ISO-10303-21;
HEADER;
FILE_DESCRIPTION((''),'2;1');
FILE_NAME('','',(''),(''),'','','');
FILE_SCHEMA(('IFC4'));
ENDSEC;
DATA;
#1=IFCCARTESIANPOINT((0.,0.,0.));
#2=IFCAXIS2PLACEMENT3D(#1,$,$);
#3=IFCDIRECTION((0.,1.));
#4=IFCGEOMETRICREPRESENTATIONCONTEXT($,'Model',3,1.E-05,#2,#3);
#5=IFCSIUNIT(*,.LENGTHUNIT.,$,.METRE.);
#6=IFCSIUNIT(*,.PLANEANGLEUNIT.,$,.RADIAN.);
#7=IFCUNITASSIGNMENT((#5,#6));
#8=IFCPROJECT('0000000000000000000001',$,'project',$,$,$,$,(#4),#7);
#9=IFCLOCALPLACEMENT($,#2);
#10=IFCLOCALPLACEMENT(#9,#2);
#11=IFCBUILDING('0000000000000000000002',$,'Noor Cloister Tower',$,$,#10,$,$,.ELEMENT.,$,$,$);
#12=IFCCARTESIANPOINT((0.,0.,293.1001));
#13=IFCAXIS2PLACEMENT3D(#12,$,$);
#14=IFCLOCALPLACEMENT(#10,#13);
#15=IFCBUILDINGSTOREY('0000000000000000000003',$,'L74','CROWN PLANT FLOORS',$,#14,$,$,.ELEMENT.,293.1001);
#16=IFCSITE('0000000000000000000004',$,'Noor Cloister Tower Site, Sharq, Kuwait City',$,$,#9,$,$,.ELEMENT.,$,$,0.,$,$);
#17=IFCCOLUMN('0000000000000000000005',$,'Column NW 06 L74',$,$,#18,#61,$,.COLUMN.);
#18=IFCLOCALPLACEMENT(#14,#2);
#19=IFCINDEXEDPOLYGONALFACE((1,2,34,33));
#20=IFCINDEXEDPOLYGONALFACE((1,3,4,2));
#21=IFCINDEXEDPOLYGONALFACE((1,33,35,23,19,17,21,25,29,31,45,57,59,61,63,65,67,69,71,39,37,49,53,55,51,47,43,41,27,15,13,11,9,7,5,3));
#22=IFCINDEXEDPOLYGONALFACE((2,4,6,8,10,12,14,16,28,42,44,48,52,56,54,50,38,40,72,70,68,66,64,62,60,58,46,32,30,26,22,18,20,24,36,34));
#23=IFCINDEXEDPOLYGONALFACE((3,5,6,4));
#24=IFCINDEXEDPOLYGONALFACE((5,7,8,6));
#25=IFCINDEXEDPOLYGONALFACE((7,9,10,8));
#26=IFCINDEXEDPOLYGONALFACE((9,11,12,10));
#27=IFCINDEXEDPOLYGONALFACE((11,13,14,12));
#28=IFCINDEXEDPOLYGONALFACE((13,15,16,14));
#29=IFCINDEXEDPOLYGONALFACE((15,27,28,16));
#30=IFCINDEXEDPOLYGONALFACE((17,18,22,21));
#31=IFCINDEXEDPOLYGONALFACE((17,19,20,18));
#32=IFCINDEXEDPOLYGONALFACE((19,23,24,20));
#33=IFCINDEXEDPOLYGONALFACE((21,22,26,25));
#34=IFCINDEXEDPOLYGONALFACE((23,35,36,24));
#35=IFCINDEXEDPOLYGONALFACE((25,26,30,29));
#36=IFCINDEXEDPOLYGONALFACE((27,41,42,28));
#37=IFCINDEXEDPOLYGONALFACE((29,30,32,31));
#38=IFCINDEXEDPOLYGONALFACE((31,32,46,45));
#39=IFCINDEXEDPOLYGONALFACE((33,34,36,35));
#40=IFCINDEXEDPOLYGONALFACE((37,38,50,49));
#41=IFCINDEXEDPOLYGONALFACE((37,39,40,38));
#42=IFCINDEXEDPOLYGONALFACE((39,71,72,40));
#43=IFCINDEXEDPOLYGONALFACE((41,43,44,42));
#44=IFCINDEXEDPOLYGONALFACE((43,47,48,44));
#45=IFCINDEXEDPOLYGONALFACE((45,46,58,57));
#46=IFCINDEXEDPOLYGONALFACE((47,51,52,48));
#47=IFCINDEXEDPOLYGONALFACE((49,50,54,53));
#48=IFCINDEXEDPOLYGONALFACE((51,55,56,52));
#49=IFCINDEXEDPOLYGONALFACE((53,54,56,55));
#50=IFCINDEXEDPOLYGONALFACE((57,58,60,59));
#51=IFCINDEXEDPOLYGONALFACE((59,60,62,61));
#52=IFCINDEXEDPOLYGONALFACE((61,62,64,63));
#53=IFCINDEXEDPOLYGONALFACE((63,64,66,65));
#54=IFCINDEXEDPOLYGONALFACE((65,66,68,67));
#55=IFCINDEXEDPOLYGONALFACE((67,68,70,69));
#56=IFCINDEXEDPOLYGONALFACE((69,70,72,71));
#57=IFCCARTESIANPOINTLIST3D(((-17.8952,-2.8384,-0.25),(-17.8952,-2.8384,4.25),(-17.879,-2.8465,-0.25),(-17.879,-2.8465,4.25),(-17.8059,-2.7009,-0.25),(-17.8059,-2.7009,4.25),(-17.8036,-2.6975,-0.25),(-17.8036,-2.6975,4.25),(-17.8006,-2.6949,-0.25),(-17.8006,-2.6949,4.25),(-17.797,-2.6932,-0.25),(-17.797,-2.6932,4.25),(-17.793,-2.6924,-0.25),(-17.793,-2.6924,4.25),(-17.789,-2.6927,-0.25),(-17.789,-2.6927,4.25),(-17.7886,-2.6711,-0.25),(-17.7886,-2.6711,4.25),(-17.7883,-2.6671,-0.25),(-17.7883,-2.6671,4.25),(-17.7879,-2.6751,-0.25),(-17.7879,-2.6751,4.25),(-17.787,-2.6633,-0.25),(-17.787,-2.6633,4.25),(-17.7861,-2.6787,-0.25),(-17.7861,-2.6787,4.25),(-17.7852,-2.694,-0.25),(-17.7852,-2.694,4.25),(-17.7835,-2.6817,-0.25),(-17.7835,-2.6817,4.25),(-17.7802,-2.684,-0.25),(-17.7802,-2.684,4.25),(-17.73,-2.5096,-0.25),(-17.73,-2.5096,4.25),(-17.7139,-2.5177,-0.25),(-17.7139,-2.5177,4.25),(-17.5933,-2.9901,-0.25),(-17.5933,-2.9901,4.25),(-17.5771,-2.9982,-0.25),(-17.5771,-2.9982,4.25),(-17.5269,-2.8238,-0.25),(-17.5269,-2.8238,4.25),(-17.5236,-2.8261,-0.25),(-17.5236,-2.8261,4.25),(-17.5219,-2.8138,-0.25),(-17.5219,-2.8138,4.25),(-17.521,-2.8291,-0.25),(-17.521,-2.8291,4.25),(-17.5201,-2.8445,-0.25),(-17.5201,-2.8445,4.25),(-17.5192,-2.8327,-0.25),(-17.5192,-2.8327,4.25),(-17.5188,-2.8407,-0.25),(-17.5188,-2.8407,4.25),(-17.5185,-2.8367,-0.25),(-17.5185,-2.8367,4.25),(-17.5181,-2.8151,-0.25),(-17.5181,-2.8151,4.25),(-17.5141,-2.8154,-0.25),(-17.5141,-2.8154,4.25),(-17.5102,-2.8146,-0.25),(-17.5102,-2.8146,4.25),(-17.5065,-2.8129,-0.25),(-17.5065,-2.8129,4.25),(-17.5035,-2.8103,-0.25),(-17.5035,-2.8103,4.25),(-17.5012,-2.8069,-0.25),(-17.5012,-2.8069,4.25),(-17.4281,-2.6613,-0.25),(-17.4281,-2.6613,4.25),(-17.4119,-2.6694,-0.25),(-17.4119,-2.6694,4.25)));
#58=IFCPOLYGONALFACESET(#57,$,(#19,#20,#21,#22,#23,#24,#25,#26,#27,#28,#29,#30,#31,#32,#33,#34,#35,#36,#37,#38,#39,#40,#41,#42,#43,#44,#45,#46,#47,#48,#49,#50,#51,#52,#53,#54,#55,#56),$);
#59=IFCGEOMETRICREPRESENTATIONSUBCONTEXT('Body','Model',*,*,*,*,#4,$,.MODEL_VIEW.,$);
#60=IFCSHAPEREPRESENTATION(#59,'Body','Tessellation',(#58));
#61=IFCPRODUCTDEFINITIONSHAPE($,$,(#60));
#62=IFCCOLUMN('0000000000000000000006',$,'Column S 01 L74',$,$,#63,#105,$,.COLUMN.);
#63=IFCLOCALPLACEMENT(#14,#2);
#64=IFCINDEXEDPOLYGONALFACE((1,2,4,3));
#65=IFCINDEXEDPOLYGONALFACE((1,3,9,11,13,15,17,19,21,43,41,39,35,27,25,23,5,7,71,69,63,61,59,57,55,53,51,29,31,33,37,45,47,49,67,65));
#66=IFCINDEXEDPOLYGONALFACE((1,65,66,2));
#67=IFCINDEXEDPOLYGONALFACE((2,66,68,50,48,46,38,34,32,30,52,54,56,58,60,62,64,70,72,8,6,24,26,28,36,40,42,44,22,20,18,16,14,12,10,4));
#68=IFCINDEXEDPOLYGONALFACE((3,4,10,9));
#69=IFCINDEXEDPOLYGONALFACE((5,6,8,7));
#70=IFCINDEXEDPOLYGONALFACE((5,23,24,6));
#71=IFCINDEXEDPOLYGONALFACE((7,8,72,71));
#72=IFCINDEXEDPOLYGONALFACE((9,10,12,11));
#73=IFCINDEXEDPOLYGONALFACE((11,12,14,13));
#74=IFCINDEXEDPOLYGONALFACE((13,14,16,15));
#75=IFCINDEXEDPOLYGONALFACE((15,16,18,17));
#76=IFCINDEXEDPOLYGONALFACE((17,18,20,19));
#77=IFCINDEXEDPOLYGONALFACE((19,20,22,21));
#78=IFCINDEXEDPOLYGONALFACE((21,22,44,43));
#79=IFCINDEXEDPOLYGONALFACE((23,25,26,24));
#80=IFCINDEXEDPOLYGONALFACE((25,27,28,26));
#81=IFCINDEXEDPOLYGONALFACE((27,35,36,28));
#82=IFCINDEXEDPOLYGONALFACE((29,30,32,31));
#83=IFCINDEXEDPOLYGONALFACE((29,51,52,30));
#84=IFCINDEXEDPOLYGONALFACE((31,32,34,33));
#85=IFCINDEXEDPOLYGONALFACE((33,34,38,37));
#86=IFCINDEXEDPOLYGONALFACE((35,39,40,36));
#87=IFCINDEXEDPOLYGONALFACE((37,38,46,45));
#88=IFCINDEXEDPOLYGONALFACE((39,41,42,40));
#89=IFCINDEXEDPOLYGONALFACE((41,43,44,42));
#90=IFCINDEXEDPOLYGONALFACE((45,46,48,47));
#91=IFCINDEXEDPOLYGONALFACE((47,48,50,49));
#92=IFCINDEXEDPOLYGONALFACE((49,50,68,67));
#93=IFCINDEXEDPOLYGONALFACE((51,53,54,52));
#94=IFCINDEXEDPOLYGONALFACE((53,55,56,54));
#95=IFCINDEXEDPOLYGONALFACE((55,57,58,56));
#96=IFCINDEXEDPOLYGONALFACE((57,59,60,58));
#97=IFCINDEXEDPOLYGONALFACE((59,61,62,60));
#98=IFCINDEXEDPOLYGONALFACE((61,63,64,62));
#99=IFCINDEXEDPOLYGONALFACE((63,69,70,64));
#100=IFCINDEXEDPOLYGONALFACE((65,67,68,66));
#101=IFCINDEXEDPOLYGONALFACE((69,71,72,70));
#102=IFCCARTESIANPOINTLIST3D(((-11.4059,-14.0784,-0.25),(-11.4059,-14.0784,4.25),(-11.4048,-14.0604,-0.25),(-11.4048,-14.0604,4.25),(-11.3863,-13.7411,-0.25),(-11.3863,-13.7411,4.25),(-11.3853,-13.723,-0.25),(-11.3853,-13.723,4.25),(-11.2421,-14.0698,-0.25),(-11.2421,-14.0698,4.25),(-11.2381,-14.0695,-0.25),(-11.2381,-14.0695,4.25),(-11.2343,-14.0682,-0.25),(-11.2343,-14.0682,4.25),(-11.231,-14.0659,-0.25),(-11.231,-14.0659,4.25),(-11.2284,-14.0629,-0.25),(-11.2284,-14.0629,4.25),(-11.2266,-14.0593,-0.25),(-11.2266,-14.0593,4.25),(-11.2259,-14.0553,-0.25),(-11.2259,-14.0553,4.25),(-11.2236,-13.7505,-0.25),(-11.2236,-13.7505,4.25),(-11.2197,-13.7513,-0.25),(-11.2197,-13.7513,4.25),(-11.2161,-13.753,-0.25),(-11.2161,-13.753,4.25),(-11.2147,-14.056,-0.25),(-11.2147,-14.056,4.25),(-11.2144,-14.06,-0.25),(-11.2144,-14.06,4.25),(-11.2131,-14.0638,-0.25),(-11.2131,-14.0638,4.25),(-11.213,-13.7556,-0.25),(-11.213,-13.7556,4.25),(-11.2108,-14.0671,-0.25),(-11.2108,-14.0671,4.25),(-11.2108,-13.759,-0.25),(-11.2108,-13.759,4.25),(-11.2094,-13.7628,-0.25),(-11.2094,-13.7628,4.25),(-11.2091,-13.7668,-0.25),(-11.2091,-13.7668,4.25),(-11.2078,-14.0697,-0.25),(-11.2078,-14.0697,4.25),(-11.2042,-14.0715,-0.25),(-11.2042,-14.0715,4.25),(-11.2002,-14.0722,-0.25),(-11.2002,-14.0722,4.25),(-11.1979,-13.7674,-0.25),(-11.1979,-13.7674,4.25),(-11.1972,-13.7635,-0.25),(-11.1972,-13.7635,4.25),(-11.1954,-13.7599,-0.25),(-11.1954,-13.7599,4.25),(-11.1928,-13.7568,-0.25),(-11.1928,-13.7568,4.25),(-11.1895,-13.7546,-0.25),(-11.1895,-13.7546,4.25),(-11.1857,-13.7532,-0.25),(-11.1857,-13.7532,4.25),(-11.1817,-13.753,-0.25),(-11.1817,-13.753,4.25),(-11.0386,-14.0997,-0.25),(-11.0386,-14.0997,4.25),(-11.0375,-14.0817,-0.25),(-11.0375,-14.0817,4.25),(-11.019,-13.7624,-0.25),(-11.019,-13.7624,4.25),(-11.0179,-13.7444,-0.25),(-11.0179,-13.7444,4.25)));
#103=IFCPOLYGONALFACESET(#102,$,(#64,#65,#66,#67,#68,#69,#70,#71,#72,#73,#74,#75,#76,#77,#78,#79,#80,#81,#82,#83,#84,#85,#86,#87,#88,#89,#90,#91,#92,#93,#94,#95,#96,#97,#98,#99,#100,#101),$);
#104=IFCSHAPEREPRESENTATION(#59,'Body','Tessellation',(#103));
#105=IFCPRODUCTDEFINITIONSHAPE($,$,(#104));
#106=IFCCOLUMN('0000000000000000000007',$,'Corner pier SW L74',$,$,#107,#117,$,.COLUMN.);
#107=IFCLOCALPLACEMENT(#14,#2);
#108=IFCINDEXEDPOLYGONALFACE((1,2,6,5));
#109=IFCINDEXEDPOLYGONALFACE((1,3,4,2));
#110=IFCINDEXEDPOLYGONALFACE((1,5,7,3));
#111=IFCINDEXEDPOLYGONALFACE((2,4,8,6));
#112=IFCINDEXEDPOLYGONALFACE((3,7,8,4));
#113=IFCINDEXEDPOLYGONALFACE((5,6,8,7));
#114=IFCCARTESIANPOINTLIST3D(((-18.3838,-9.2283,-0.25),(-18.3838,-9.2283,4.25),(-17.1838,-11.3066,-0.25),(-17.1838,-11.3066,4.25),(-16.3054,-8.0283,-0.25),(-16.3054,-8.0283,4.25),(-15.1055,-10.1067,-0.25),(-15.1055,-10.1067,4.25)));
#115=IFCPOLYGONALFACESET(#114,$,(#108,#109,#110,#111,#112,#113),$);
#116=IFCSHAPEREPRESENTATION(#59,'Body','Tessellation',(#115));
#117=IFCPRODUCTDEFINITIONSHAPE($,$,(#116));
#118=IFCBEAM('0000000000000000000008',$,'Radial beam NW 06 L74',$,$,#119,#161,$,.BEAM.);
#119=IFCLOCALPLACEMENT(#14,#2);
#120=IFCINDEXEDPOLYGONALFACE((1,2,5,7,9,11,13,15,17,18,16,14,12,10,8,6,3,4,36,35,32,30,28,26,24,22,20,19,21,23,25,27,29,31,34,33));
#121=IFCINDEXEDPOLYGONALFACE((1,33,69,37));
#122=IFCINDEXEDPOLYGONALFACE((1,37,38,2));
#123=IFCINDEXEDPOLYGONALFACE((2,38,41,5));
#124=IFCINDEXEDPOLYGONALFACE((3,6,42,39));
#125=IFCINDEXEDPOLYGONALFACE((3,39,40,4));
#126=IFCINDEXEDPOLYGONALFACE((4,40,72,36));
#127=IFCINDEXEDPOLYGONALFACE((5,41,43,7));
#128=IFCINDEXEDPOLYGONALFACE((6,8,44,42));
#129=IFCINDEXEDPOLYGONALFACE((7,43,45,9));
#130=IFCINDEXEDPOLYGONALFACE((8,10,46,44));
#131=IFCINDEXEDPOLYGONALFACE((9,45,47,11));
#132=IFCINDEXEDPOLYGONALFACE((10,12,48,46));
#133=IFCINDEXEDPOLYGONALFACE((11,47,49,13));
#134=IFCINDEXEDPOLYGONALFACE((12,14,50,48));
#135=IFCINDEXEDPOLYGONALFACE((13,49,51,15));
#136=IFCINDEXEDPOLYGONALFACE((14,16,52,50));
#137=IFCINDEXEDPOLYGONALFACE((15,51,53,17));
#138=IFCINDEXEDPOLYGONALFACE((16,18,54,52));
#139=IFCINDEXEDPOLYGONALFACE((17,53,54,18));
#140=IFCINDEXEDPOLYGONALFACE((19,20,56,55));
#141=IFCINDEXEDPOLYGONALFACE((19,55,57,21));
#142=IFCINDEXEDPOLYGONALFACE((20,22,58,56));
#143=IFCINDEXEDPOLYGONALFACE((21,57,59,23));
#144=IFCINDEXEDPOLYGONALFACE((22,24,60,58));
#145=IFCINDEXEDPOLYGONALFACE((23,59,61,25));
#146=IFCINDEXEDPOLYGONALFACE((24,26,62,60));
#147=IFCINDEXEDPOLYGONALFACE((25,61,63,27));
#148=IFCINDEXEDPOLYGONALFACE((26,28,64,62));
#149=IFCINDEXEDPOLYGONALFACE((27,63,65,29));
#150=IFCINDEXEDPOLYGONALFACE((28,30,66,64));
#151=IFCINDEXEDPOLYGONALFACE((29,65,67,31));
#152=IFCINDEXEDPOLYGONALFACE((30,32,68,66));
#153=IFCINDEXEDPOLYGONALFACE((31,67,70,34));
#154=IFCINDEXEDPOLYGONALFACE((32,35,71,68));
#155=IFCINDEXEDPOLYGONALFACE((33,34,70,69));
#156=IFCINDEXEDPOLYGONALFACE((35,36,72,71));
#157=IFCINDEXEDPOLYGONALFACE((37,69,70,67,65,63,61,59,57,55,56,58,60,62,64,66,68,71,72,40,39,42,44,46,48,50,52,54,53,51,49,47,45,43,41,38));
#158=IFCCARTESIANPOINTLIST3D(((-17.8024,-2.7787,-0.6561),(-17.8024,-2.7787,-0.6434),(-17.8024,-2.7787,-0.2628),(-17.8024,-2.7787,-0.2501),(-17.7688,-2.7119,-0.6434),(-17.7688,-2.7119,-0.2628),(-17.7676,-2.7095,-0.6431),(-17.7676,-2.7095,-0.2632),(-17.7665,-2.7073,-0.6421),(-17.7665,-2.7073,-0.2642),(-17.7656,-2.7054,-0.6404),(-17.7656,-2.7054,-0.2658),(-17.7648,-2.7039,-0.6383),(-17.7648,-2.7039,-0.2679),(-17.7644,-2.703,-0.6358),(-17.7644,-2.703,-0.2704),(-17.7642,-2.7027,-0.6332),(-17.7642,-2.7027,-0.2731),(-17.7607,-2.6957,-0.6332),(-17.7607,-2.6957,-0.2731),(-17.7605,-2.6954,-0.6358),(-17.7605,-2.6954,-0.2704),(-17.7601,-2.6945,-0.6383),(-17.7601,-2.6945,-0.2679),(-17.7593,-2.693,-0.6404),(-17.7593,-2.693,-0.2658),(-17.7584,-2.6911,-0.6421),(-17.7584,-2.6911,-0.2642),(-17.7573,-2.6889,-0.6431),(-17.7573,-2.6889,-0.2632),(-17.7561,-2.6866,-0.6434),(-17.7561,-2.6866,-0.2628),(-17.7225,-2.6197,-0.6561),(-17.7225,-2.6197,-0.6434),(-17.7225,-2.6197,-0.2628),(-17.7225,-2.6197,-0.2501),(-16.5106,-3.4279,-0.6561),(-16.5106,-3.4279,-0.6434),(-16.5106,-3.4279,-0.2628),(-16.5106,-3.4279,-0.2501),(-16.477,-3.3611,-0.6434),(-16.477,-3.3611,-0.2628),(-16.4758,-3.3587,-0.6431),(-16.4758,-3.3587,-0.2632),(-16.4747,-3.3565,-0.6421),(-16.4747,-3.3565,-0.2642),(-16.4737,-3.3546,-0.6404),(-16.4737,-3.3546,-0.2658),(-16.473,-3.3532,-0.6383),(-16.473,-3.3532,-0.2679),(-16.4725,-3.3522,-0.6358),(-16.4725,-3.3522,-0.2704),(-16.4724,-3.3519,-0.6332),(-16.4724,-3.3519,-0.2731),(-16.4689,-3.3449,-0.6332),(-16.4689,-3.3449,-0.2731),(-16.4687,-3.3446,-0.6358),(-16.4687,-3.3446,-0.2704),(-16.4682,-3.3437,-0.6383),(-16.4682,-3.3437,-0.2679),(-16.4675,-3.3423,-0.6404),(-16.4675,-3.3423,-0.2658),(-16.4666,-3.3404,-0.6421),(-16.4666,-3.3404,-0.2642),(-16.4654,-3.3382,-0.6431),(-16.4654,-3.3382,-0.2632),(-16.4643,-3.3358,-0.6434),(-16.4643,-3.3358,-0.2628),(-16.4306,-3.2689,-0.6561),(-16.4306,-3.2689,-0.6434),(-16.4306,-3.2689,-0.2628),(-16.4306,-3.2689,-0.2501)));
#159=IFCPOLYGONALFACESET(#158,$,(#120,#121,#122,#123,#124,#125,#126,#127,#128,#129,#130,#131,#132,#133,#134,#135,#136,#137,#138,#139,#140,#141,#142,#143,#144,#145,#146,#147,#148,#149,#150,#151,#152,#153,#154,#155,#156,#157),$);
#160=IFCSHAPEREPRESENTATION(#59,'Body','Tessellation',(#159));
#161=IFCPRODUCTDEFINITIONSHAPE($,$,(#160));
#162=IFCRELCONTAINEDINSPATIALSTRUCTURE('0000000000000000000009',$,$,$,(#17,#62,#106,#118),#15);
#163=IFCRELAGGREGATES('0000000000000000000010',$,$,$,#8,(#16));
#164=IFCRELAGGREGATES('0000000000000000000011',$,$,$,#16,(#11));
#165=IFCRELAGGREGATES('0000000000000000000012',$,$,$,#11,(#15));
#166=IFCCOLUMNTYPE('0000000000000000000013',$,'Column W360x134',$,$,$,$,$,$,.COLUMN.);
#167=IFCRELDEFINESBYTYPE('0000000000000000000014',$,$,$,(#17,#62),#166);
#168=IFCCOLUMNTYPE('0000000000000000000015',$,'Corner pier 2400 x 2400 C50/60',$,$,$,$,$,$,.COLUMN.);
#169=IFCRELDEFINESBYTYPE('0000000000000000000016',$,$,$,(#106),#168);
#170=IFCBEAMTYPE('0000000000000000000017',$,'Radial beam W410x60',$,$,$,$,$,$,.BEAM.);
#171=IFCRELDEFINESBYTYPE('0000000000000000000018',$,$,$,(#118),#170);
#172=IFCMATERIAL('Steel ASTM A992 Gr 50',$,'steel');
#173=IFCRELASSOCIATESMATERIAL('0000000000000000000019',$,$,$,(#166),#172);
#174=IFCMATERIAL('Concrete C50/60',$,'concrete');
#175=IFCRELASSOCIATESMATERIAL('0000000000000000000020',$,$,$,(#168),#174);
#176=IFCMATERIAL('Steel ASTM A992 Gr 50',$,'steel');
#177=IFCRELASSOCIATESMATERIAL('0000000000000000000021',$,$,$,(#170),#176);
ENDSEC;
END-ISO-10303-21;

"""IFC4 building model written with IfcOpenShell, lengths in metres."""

from ifc_helpers import new_model, si_unit, direction, frame, origin, origin_2d, place, context, subcontext, project, spatial, rectangle, i_section, extrude, material, material_profile, profile_set, type_object, element, save


model = new_model("IFC4")

# Units and contexts
model_context = context("Model", 3, precision=1e-05, world=origin(), true_north=direction((0.0, 1.0)))
body_context = subcontext(model_context, "Body", "Model", "MODEL_VIEW")
ifc_project = project(units=[si_unit("LENGTHUNIT", "METRE"), si_unit("PLANEANGLEUNIT", "RADIAN")], contexts=[model_context])

# Site, building, storey
site_placement = place(None, origin())
site = spatial("IfcSite", under=ifc_project, at=site_placement, Name="Noor Cloister Tower Site, Sharq, Kuwait City", CompositionType="ELEMENT", RefElevation=0.0)
building_placement = place(site_placement, origin())
building = spatial("IfcBuilding", under=site, at=building_placement, Name="Noor Cloister Tower", CompositionType="ELEMENT")
storey_placement = place(building_placement, frame((0.0, 0.0, 293.1001)))
storey = spatial("IfcBuildingStorey", under=building, at=storey_placement, Name="L74", Description="CROWN PLANT FLOORS", CompositionType="ELEMENT", Elevation=293.1001)

# Columns
ifc_material_1 = material(Name="Steel ASTM A992 Gr 50", Category="steel")
ifc_material_profile_1 = material_profile(ifc_material_1, i_section(OverallWidth=0.3679, OverallDepth=0.356, WebThickness=0.0112, FlangeThickness=0.0181, FilletRadius=0.0154, at=origin_2d()), Name="W360x134")
ifc_profile_set_1 = profile_set([ifc_material_profile_1], Name="Steel ASTM A992 Gr 50")
column_type_1 = type_object("IfcColumnType", Name="Column W360x134", PredefinedType="COLUMN", material=ifc_profile_set_1)
for number, where, z_axis, x_axis, name in (
    (1, (-17.6536, -2.7539, -0.25), (0.0, 0.0, 1.0), (-0.448975, -0.893544, 0.0), "Column NW 06 L74"),
    (2, (-11.2119, -13.9114, -0.25), (0.0, 0.0, 1.0), (0.99832, -0.057948, 0.0), "Column S 01 L74"),
):
    element("IfcColumn", number, at=place(storey_placement, frame(where, z_axis=z_axis, x_axis=x_axis)), inside=storey, type_object=column_type_1, Name=name, PredefinedType="COLUMN", context=body_context, shape_type="SweptSolid", body=[
        extrude(i_section(OverallWidth=0.3679, OverallDepth=0.356, WebThickness=0.0112, FlangeThickness=0.0181, FilletRadius=0.0154, at=origin_2d()), origin(), (0.0, 0.0, 1.0), 4.5),
    ])
ifc_material_2 = material(Name="Concrete C50/60", Category="concrete")
ifc_material_profile_2 = material_profile(ifc_material_2, rectangle(XDim=2.3999, YDim=2.3999, at=origin_2d()), Name="RC 2400x2400")
ifc_profile_set_2 = profile_set([ifc_material_profile_2], Name="Concrete C50/60")
column_type_2 = type_object("IfcColumnType", Name="Corner pier 2400 x 2400 C50/60", PredefinedType="COLUMN", material=ifc_profile_set_2)
column_placement = place(storey_placement, frame((-16.7446, -9.6675, -0.25), z_axis=(0.0, 0.0, 1.0), x_axis=(-0.866025, -0.5, 0.0)))
element("IfcColumn", 3, at=column_placement, inside=storey, type_object=column_type_2, Name="Corner pier SW L74", PredefinedType="COLUMN", context=body_context, shape_type="SweptSolid", body=[
    extrude(rectangle(XDim=2.3999, YDim=2.3999, at=origin_2d()), origin(), (0.0, 0.0, 1.0), 4.5),
])

# Beam
ifc_material_3 = material(Name="Steel ASTM A992 Gr 50", Category="steel")
ifc_material_profile_3 = material_profile(ifc_material_3, i_section(OverallWidth=0.178, OverallDepth=0.406, WebThickness=0.0078, FlangeThickness=0.0127, FilletRadius=0.0103, at=origin_2d()), Name="W410x60")
ifc_profile_set_3 = profile_set([ifc_material_profile_3], Name="Steel ASTM A992 Gr 50")
beam_type_1 = type_object("IfcBeamType", Name="Radial beam W410x60", PredefinedType="BEAM", material=ifc_profile_set_3)
beam_1_placement = place(storey_placement, frame((-17.7625, -2.6992, -0.4531), z_axis=(0.893513, -0.449037, 0.0), x_axis=(0.449037, 0.893513, 0.0)))
element("IfcBeam", 4, at=beam_1_placement, inside=storey, type_object=beam_type_1, Name="Radial beam NW 06 L74", PredefinedType="BEAM", context=body_context, shape_type="SweptSolid", body=[
    extrude(i_section(OverallWidth=0.178, OverallDepth=0.406, WebThickness=0.0078, FlangeThickness=0.0127, FilletRadius=0.0103, at=origin_2d()), origin(), (0.0, 0.0, 1.0), 1.4458),
])

save(model, "model.ifc")
